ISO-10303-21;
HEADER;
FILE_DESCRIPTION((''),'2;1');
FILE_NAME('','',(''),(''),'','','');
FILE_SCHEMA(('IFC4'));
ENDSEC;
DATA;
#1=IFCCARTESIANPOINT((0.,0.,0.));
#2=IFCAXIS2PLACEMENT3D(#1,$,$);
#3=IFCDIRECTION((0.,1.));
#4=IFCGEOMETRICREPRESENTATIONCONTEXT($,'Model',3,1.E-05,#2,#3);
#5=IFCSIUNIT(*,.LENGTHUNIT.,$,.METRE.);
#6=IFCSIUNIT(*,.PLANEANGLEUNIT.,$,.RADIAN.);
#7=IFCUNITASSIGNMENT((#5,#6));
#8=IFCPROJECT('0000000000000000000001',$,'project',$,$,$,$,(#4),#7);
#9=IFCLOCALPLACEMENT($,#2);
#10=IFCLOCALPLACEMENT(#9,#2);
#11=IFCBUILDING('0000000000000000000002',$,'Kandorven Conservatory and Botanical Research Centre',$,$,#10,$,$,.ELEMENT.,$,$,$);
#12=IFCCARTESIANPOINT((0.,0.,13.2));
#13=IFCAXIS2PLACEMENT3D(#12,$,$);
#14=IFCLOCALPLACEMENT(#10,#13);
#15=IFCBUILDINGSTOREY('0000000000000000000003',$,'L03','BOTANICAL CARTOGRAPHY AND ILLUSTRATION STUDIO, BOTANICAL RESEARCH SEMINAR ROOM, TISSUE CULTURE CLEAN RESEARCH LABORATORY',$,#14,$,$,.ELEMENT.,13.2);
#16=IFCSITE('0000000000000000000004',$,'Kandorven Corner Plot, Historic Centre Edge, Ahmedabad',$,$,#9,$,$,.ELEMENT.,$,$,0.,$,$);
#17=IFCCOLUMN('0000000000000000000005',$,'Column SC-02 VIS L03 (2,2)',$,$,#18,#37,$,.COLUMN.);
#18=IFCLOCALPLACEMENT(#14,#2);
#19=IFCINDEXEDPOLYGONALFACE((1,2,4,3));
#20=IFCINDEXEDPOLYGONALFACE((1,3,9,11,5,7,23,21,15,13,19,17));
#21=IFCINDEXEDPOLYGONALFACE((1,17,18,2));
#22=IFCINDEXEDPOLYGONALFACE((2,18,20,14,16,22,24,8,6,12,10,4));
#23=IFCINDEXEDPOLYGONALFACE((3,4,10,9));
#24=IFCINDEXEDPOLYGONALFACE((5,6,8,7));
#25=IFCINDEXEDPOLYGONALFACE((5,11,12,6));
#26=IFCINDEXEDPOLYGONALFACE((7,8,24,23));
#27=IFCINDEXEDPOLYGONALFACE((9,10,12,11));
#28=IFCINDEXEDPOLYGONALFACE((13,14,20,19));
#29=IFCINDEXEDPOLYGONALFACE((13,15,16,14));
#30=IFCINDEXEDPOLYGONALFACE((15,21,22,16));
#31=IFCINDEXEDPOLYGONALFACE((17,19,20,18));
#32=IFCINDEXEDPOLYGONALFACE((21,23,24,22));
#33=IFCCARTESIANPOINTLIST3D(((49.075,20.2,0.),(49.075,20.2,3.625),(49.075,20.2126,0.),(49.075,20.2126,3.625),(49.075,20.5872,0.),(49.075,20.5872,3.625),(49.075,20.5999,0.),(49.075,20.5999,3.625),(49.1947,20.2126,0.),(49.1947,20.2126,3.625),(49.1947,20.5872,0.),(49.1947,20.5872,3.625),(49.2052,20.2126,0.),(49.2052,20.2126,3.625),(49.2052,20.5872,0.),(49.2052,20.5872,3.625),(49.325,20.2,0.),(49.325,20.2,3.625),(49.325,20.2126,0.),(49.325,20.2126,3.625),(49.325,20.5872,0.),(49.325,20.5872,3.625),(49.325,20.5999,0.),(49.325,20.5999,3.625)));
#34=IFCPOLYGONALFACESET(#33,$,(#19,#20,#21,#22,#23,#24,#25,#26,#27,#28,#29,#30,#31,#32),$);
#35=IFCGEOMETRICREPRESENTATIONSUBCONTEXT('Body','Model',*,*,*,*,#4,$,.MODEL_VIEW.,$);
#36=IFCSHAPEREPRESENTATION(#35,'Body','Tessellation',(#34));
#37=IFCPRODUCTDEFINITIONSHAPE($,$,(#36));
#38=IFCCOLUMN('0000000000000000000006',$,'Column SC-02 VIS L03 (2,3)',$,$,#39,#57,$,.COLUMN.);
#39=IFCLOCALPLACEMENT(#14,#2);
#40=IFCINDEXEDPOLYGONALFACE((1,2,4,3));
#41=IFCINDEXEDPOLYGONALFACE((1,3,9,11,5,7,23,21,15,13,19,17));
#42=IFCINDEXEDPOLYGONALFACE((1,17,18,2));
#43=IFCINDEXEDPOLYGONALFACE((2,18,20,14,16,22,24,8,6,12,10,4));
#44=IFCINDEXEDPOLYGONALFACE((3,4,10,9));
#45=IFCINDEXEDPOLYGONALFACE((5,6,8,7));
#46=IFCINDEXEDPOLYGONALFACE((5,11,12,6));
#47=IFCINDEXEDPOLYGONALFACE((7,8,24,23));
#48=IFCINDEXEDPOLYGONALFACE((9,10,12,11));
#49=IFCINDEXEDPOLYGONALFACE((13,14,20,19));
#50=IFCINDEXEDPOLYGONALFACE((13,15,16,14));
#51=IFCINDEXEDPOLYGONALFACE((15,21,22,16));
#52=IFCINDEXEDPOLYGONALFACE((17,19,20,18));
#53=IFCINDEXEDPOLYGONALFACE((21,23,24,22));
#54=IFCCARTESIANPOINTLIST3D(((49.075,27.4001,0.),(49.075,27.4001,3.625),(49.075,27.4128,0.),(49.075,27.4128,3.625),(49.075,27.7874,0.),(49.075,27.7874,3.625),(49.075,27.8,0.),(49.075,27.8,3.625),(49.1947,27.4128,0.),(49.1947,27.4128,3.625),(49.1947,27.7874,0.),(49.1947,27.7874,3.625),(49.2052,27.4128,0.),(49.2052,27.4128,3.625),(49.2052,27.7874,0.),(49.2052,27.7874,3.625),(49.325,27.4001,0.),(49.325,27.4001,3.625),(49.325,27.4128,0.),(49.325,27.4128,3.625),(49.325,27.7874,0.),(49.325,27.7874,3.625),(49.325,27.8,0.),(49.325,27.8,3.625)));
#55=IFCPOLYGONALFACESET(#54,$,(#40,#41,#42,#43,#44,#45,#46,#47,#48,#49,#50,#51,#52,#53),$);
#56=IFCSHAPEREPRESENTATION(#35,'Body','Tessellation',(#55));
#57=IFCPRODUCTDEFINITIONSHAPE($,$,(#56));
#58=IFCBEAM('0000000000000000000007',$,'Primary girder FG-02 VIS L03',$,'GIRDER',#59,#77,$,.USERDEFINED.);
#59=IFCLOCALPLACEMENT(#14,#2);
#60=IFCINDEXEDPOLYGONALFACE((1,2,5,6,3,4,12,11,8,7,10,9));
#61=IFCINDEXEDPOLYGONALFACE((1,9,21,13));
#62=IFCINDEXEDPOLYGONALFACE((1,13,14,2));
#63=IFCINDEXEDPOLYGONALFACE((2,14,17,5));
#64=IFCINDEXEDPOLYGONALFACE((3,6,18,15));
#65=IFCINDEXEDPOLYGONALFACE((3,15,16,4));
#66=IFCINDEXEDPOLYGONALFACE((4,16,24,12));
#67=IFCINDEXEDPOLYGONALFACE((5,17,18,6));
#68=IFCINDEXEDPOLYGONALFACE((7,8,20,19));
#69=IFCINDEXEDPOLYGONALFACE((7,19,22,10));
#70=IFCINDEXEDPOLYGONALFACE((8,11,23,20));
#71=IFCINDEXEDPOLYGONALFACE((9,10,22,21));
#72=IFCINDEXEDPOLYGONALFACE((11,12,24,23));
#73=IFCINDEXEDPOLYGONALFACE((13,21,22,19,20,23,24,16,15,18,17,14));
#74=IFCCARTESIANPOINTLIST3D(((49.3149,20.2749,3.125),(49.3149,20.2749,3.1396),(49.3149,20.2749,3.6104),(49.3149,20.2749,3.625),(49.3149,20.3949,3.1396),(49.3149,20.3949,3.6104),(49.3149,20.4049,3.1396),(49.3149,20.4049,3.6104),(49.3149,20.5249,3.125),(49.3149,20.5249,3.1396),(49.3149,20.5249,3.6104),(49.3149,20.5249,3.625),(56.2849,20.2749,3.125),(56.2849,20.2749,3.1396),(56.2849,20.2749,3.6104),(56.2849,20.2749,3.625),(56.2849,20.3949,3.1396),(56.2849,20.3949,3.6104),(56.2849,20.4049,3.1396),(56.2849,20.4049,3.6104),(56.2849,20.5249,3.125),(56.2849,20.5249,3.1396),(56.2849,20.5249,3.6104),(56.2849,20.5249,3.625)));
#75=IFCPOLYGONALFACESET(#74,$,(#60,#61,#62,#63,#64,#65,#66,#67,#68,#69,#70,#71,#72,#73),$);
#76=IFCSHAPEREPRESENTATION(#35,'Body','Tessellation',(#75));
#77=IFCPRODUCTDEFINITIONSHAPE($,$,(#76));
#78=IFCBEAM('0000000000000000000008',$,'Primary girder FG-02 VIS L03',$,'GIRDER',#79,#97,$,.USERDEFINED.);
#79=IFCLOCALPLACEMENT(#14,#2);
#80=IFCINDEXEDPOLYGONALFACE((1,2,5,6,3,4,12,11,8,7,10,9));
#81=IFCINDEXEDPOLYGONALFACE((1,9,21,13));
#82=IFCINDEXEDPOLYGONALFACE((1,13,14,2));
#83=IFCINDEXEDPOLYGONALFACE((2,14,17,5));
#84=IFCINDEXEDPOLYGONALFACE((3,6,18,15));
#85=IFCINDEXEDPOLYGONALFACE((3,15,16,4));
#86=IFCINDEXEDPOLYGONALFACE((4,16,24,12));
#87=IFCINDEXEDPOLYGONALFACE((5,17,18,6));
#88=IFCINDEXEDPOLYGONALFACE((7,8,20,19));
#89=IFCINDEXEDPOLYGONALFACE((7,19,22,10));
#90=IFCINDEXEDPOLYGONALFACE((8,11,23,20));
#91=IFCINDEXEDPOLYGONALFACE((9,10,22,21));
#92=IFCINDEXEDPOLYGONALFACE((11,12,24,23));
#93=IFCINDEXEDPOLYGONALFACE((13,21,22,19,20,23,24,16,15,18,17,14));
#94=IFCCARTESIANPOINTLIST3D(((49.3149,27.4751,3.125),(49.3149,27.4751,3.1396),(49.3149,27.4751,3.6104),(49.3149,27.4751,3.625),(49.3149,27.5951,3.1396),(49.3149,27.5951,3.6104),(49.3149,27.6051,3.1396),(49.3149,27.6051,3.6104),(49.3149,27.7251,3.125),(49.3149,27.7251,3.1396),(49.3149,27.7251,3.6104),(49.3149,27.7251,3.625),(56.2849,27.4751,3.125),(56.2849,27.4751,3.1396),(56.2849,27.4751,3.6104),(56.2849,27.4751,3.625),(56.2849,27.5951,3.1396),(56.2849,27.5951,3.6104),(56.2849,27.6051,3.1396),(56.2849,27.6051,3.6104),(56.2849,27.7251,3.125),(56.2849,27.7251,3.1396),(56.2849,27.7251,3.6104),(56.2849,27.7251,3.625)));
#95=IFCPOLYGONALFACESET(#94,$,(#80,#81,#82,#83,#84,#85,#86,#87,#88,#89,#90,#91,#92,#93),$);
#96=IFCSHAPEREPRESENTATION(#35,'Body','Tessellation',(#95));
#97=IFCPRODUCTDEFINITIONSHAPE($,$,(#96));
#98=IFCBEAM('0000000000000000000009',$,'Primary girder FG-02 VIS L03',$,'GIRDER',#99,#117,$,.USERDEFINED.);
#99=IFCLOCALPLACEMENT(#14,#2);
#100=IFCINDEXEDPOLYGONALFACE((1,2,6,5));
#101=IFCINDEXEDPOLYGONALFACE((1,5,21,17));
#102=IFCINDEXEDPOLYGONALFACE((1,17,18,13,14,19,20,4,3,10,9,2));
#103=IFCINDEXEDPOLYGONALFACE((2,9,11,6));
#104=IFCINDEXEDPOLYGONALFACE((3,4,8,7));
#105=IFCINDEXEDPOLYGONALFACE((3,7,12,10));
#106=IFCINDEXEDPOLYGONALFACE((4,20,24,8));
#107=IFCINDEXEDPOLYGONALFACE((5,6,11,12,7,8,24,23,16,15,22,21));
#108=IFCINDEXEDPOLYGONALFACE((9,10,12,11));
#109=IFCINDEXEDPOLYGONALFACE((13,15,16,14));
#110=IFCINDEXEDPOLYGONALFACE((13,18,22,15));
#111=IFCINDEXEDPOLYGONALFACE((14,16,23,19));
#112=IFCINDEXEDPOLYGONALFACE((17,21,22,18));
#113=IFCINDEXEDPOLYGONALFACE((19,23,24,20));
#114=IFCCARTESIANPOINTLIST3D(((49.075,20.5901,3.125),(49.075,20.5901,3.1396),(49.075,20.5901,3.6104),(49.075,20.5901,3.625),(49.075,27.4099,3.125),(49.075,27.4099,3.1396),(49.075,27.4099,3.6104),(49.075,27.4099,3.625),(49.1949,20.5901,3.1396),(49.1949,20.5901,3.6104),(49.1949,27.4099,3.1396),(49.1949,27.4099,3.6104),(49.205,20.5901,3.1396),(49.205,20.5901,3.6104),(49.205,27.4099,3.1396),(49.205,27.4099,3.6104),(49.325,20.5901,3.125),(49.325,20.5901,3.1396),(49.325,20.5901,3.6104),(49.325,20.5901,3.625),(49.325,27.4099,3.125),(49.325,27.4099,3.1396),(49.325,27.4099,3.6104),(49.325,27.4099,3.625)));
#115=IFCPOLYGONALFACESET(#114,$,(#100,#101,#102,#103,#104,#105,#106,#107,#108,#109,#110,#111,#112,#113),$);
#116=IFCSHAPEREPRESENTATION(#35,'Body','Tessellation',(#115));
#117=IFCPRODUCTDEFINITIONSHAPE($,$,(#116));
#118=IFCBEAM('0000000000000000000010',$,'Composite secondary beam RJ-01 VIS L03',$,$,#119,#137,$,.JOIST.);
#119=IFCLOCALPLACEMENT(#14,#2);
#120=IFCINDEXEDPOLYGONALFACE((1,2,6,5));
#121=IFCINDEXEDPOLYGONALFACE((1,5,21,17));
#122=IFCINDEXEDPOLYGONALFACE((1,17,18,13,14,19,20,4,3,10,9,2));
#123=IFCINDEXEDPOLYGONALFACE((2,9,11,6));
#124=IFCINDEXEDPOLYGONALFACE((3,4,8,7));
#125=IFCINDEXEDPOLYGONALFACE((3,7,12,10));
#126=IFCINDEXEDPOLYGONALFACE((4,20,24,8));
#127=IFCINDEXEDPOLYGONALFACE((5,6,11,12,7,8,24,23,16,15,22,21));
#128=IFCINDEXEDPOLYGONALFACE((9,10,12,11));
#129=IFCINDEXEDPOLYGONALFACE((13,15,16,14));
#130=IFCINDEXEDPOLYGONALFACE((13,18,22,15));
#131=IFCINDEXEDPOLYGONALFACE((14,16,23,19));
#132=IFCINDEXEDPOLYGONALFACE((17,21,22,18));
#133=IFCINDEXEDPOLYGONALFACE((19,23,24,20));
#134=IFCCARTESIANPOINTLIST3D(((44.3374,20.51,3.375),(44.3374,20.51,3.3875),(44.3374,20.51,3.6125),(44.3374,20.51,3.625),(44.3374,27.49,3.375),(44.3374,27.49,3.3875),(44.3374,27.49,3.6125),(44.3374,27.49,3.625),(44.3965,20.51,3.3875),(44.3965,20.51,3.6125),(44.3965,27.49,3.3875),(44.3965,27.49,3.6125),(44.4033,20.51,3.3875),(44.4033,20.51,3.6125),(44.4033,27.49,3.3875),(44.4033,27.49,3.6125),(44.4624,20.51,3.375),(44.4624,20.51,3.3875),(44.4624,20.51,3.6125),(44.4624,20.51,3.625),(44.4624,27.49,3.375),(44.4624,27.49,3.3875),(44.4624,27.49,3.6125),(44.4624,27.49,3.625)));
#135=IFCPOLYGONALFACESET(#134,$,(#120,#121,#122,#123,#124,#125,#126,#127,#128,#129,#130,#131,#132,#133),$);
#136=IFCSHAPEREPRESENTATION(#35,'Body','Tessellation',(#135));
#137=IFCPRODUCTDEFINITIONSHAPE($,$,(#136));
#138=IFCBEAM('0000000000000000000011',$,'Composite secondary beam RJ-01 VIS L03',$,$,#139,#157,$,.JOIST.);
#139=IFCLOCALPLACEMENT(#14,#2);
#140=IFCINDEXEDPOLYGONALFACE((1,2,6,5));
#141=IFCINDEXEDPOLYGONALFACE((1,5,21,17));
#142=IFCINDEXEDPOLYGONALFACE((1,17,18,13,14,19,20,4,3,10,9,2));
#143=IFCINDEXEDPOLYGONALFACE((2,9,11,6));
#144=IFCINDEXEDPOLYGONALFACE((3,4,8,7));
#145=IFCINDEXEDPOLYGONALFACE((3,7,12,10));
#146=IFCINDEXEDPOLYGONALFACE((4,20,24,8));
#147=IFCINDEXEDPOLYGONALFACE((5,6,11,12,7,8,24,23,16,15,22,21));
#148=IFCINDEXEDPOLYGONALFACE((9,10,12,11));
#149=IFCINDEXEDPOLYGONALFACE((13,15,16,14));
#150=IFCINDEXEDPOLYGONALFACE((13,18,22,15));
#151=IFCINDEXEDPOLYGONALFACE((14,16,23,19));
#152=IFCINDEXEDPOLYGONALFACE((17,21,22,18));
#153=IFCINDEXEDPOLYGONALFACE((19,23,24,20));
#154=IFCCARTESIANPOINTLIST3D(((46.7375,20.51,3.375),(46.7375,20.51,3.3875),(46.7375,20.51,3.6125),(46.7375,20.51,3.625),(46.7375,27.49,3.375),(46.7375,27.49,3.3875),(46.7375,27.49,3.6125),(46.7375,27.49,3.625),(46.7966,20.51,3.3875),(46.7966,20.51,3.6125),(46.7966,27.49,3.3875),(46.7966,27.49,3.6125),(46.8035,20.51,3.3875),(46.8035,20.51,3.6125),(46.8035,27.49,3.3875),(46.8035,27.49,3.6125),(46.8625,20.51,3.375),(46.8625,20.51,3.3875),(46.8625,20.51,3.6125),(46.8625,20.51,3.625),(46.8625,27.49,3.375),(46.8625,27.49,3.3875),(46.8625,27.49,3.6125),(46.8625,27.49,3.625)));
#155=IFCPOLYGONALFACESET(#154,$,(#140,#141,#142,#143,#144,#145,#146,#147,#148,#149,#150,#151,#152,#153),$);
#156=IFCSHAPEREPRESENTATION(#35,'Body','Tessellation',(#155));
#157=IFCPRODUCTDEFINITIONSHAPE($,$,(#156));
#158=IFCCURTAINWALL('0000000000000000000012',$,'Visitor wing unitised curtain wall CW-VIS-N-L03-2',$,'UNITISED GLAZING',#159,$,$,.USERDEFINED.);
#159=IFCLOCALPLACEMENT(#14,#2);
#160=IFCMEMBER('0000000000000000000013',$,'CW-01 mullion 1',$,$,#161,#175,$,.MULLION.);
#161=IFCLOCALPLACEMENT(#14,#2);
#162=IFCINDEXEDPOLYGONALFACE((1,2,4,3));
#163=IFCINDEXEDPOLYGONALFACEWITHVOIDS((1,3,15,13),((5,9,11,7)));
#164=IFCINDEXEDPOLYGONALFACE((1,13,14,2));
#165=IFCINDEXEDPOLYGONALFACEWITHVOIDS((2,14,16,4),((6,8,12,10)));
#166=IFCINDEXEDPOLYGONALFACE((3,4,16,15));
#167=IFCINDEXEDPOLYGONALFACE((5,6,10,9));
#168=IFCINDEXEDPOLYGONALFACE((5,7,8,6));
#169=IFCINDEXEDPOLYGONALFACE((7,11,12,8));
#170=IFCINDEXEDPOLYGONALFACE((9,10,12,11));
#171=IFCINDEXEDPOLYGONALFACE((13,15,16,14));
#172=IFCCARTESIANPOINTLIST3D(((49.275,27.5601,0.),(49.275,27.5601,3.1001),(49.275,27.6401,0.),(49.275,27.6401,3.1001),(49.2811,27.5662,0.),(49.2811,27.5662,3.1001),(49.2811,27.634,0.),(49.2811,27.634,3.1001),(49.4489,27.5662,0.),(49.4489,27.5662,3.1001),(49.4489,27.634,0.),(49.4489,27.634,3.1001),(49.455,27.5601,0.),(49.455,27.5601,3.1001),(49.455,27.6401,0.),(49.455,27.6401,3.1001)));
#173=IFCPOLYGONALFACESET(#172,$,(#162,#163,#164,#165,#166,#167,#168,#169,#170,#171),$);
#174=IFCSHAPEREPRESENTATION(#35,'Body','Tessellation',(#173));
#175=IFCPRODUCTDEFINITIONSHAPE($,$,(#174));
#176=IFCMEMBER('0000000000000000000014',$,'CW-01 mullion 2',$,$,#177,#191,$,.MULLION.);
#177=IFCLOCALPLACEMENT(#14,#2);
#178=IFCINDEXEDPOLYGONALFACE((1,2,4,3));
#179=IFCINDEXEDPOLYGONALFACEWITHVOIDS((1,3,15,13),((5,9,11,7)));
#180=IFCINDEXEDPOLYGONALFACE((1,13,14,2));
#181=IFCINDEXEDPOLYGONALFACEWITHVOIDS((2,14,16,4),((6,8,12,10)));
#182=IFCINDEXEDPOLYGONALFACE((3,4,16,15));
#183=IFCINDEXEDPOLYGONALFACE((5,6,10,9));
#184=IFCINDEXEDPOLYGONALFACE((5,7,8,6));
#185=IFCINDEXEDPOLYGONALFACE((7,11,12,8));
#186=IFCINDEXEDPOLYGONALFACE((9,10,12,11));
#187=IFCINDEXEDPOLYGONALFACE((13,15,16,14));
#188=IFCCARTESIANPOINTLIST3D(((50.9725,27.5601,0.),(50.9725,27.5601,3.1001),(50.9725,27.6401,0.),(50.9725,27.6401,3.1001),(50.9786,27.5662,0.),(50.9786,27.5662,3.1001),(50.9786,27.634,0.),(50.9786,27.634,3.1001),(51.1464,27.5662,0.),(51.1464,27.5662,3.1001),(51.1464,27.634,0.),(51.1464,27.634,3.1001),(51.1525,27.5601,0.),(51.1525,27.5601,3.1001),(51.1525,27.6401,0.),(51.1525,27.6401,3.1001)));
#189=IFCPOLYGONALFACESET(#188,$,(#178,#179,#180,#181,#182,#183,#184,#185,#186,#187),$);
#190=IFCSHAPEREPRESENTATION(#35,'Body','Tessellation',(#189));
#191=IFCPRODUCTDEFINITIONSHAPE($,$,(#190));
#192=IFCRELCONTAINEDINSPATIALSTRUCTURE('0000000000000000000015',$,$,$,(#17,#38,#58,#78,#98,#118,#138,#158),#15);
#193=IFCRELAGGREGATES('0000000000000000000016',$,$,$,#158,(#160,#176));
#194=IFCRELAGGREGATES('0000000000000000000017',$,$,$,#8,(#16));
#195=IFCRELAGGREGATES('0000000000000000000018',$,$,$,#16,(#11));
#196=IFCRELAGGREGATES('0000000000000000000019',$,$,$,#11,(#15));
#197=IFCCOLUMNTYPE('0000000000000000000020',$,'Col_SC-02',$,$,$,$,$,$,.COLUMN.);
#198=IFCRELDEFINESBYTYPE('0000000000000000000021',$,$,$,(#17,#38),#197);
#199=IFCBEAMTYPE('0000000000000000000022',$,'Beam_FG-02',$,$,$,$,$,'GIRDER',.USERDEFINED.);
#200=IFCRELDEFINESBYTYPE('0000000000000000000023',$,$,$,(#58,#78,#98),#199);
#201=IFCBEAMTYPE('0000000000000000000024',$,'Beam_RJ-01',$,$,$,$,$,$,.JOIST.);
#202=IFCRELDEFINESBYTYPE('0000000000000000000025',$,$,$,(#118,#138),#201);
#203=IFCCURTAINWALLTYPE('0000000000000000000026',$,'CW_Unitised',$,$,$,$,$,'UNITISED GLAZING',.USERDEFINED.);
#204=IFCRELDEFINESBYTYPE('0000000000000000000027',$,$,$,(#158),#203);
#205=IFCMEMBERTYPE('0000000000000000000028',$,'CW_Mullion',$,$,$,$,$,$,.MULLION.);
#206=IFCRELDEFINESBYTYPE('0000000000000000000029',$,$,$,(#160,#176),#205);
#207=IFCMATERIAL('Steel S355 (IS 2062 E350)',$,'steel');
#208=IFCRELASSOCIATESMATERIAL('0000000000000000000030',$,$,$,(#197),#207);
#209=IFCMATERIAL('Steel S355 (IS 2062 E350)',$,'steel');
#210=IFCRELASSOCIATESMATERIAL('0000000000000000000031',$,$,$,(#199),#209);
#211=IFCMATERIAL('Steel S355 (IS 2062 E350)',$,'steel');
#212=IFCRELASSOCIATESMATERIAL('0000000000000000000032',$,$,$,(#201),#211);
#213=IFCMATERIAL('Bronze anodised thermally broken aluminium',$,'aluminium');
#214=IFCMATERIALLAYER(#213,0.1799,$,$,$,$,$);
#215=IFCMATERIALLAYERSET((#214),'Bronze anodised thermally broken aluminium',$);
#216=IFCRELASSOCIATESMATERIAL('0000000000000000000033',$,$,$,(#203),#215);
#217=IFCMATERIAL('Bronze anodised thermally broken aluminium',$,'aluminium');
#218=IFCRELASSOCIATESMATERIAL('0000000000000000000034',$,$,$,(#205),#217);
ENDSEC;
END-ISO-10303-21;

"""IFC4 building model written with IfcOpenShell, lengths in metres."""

from ifc_helpers import new_model, si_unit, direction, frame, origin, origin_2d, place, context, subcontext, project, spatial, hollow_rectangle, i_section, extrude, material, layer, layer_set, material_profile, profile_set, type_object, element, aggregate, save


model = new_model("IFC4")

# Units and contexts
model_context = context("Model", 3, precision=1e-05, world=origin(), true_north=direction((0.0, 1.0)))
body_context = subcontext(model_context, "Body", "Model", "MODEL_VIEW")
ifc_project = project(units=[si_unit("LENGTHUNIT", "METRE"), si_unit("PLANEANGLEUNIT", "RADIAN")], contexts=[model_context])

# Site, building, storey
site_placement = place(None, origin())
site = spatial("IfcSite", under=ifc_project, at=site_placement, Name="Kandorven Corner Plot, Historic Centre Edge, Ahmedabad", CompositionType="ELEMENT", RefElevation=0.0)
building_placement = place(site_placement, origin())
building = spatial("IfcBuilding", under=site, at=building_placement, Name="Kandorven Conservatory and Botanical Research Centre", CompositionType="ELEMENT")
storey_placement = place(building_placement, frame((0.0, 0.0, 13.2)))
storey = spatial("IfcBuildingStorey", under=building, at=storey_placement, Name="L03", Description="BOTANICAL CARTOGRAPHY AND ILLUSTRATION STUDIO, BOTANICAL RESEARCH SEMINAR ROOM, TISSUE CULTURE CLEAN RESEARCH LABORATORY", CompositionType="ELEMENT", Elevation=13.2)

# Columns
ifc_material_1 = material(Name="Steel S355 (IS 2062 E350)", Category="steel")
ifc_material_profile_1 = material_profile(ifc_material_1, i_section(OverallWidth=0.25, OverallDepth=0.3999, WebThickness=0.0105, FlangeThickness=0.0127, at=origin_2d()))
ifc_profile_set_1 = profile_set([ifc_material_profile_1], Name="Steel S355 (IS 2062 E350)")
column_type = type_object("IfcColumnType", Name="Col_SC-02", PredefinedType="COLUMN", material=ifc_profile_set_1)
for number, where, z_axis, x_axis, name in (
    (1, (49.2, 20.3999, 0.0), (0.0, 0.0, 1.0), (1.0, 0.0, 0.0), "Column SC-02 VIS L03 (2,2)"),
    (2, (49.2, 27.6001, 0.0), (0.0, 0.0, 1.0), (1.0, 0.0, 0.0), "Column SC-02 VIS L03 (2,3)"),
):
    element("IfcColumn", number, at=place(storey_placement, frame(where, z_axis=z_axis, x_axis=x_axis)), inside=storey, type_object=column_type, Name=name, PredefinedType="COLUMN", context=body_context, shape_type="SweptSolid", body=[
        extrude(i_section(OverallWidth=0.25, OverallDepth=0.3999, WebThickness=0.0105, FlangeThickness=0.0127, at=origin_2d()), origin(), (0.0, 0.0, 1.0), 3.625),
    ])

# Beams
ifc_material_2 = material(Name="Steel S355 (IS 2062 E350)", Category="steel")
ifc_material_profile_2 = material_profile(ifc_material_2, i_section(OverallWidth=0.25, OverallDepth=0.5, WebThickness=0.01, FlangeThickness=0.0146, at=origin_2d()))
ifc_profile_set_2 = profile_set([ifc_material_profile_2], Name="Steel S355 (IS 2062 E350)")
beam_type_1 = type_object("IfcBeamType", Name="Beam_FG-02", ElementType="GIRDER", PredefinedType="USERDEFINED", material=ifc_profile_set_2)
for number, where, z_axis, x_axis, name in (
    (3, (49.3149, 20.3999, 3.375), (1.0, 0.0, 0.0), (0.0, 1.0, 0.0), "Primary girder FG-02 VIS L03"),
    (4, (49.3149, 27.6001, 3.375), (1.0, 0.0, 0.0), (0.0, 1.0, 0.0), "Primary girder FG-02 VIS L03"),
):
    element("IfcBeam", number, at=place(storey_placement, frame(where, z_axis=z_axis, x_axis=x_axis)), inside=storey, type_object=beam_type_1, Name=name, ObjectType="GIRDER", PredefinedType="USERDEFINED", context=body_context, shape_type="SweptSolid", body=[
        extrude(i_section(OverallWidth=0.25, OverallDepth=0.5, WebThickness=0.01, FlangeThickness=0.0146, at=origin_2d()), origin(), (0.0, 0.0, 1.0), 6.97),
    ])
beam_placement = place(storey_placement, frame((49.2, 20.5901, 3.375), z_axis=(0.0, 1.0, 0.0), x_axis=(-1.0, 0.0, 0.0)))
element("IfcBeam", 5, at=beam_placement, inside=storey, type_object=beam_type_1, Name="Primary girder FG-02 VIS L03", ObjectType="GIRDER", PredefinedType="USERDEFINED", context=body_context, shape_type="SweptSolid", body=[
    extrude(i_section(OverallWidth=0.25, OverallDepth=0.5, WebThickness=0.01, FlangeThickness=0.0146, at=origin_2d()), origin(), (0.0, 0.0, 1.0), 6.8198),
])
ifc_material_3 = material(Name="Steel S355 (IS 2062 E350)", Category="steel")
ifc_material_profile_3 = material_profile(ifc_material_3, i_section(OverallWidth=0.125, OverallDepth=0.25, WebThickness=0.0068, FlangeThickness=0.0125, at=origin_2d()))
ifc_profile_set_3 = profile_set([ifc_material_profile_3], Name="Steel S355 (IS 2062 E350)")
beam_type_2 = type_object("IfcBeamType", Name="Beam_RJ-01", PredefinedType="JOIST", material=ifc_profile_set_3)
for number, where, z_axis, x_axis, name in (
    (6, (44.3999, 20.51, 3.5), (0.0, 1.0, 0.0), (-1.0, 0.0, 0.0), "Composite secondary beam RJ-01 VIS L03"),
    (7, (46.8, 20.51, 3.5), (0.0, 1.0, 0.0), (-1.0, 0.0, 0.0), "Composite secondary beam RJ-01 VIS L03"),
):
    element("IfcBeam", number, at=place(storey_placement, frame(where, z_axis=z_axis, x_axis=x_axis)), inside=storey, type_object=beam_type_2, Name=name, PredefinedType="JOIST", context=body_context, shape_type="SweptSolid", body=[
        extrude(i_section(OverallWidth=0.125, OverallDepth=0.25, WebThickness=0.0068, FlangeThickness=0.0125, at=origin_2d()), origin(), (0.0, 0.0, 1.0), 6.98),
    ])

# Curtain wall, members
ifc_material_4 = material(Name="Bronze anodised thermally broken aluminium", Category="aluminium")
ifc_layer_1 = layer(ifc_material_4, 0.1799)
ifc_layer_set_1 = layer_set([ifc_layer_1], Name="Bronze anodised thermally broken aluminium")
curtain_wall_type = type_object("IfcCurtainWallType", Name="CW_Unitised", ElementType="UNITISED GLAZING", PredefinedType="USERDEFINED", material=ifc_layer_set_1)
curtain_wall_placement = place(storey_placement, origin())
curtain_wall = element("IfcCurtainWall", 8, at=curtain_wall_placement, inside=storey, type_object=curtain_wall_type, Name="Visitor wing unitised curtain wall CW-VIS-N-L03-2", ObjectType="UNITISED GLAZING", PredefinedType="USERDEFINED")
ifc_material_5 = material(Name="Bronze anodised thermally broken aluminium", Category="aluminium")
ifc_material_profile_4 = material_profile(ifc_material_5, hollow_rectangle(XDim=0.0801, YDim=0.1799, WallThickness=0.0061, at=origin_2d()))
ifc_profile_set_4 = profile_set([ifc_material_profile_4], Name="Bronze anodised thermally broken aluminium")
member_type_1 = type_object("IfcMemberType", Name="CW_Mullion", PredefinedType="MULLION", material=ifc_profile_set_4)
member_1_placement = place(storey_placement, frame((49.365, 27.6001, 0.0), z_axis=(0.0, 0.0, 1.0), x_axis=(0.0, 1.0, 0.0)))
member_1 = element("IfcMember", 9, at=member_1_placement, type_object=member_type_1, Name="CW-01 mullion 1", PredefinedType="MULLION", context=body_context, shape_type="SweptSolid", body=[
    extrude(hollow_rectangle(XDim=0.0801, YDim=0.1799, WallThickness=0.0061, at=origin_2d()), origin(), (0.0, 0.0, 1.0), 3.1001),
])
member_2_placement = place(storey_placement, frame((51.0625, 27.6001, 0.0), z_axis=(0.0, 0.0, 1.0), x_axis=(0.0, 1.0, 0.0)))
member_2 = element("IfcMember", 10, at=member_2_placement, type_object=member_type_1, Name="CW-01 mullion 2", PredefinedType="MULLION", context=body_context, shape_type="SweptSolid", body=[
    extrude(hollow_rectangle(XDim=0.0801, YDim=0.1799, WallThickness=0.0061, at=origin_2d()), origin(), (0.0, 0.0, 1.0), 3.1001),
])
aggregate(curtain_wall, [member_1, member_2])

save(model, "model.ifc")
